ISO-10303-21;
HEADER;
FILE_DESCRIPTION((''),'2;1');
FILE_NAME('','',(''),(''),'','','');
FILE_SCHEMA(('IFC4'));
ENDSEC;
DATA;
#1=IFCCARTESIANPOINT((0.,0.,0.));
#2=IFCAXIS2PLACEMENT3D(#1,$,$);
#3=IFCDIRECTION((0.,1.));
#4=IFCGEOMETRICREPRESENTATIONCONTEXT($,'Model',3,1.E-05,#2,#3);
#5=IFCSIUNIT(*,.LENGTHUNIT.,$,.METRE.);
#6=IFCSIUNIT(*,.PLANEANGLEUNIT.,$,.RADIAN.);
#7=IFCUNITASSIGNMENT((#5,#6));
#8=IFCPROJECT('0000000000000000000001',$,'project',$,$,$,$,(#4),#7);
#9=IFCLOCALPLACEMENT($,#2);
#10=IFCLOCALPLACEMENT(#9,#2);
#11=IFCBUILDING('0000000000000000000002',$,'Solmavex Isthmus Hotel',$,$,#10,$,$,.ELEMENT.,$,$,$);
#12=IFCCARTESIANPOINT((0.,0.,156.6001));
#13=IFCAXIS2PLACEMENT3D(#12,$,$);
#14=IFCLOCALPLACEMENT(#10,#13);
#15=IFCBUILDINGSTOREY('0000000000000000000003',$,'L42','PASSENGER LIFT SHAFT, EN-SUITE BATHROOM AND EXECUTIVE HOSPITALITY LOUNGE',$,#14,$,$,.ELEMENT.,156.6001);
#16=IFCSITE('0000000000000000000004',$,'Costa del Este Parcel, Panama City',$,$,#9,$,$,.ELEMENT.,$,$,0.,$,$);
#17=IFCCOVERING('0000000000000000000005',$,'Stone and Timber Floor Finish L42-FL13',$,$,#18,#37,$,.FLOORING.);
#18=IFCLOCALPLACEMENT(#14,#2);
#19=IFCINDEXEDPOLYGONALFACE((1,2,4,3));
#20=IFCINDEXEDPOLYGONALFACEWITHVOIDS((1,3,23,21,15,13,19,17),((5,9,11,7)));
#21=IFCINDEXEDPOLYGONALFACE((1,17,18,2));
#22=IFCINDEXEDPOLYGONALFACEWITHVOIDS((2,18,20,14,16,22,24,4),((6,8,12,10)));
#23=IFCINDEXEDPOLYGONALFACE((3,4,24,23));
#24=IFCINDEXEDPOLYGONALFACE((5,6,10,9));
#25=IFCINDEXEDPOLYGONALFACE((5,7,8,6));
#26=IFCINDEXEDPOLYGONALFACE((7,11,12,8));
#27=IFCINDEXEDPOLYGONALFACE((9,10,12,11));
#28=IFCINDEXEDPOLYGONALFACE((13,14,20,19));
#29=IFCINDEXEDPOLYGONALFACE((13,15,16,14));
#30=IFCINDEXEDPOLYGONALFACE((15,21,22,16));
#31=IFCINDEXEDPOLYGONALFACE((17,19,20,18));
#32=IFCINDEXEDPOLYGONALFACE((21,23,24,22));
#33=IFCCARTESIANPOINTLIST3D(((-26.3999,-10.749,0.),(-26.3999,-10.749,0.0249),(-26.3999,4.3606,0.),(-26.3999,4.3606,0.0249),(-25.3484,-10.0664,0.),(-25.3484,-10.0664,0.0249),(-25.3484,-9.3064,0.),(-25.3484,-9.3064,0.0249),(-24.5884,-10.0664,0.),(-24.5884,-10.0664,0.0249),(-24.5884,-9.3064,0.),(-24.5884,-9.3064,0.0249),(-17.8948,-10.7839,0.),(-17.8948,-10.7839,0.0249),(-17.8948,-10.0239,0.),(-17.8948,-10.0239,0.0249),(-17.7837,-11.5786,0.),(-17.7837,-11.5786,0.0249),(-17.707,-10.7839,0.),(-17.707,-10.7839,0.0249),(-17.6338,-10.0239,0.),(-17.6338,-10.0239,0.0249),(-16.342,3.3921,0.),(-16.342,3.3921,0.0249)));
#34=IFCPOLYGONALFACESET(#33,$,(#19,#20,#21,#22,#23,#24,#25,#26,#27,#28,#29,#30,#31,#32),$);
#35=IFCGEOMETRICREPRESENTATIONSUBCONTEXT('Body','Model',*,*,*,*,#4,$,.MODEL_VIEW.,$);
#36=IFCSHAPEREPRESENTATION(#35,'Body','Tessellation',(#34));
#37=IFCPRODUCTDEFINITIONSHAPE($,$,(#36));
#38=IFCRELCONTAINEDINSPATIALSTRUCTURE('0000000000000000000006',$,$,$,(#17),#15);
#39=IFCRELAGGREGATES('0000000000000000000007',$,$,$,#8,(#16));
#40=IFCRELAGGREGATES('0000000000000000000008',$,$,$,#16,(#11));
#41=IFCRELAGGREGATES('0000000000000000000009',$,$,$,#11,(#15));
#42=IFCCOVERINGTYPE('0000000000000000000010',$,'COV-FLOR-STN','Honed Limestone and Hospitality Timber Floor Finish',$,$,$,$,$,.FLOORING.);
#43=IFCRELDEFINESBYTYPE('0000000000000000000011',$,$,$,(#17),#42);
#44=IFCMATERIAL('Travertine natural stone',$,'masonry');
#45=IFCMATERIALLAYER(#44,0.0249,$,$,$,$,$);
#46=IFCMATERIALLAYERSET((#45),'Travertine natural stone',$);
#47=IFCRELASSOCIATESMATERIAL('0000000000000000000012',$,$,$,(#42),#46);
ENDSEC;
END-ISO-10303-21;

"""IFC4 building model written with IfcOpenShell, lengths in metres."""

from ifc_helpers import new_model, si_unit, direction, frame, origin, place, context, subcontext, project, spatial, polyline, outline, extrude, material, layer, layer_set, type_object, element, save


model = new_model("IFC4")

# Units and contexts
model_context = context("Model", 3, precision=1e-05, world=origin(), true_north=direction((0.0, 1.0)))
body_context = subcontext(model_context, "Body", "Model", "MODEL_VIEW")
ifc_project = project(units=[si_unit("LENGTHUNIT", "METRE"), si_unit("PLANEANGLEUNIT", "RADIAN")], contexts=[model_context])

# Site, building, storey
site_placement = place(None, origin())
site = spatial("IfcSite", under=ifc_project, at=site_placement, Name="Costa del Este Parcel, Panama City", CompositionType="ELEMENT", RefElevation=0.0)
building_placement = place(site_placement, origin())
building = spatial("IfcBuilding", under=site, at=building_placement, Name="Solmavex Isthmus Hotel", CompositionType="ELEMENT")
storey_placement = place(building_placement, frame((0.0, 0.0, 156.6001)))
storey = spatial("IfcBuildingStorey", under=building, at=storey_placement, Name="L42", Description="PASSENGER LIFT SHAFT, EN-SUITE BATHROOM AND EXECUTIVE HOSPITALITY LOUNGE", CompositionType="ELEMENT", Elevation=156.6001)

# Covering
ifc_material_1 = material(Name="Travertine natural stone", Category="masonry")
ifc_layer_1 = layer(ifc_material_1, 0.0249)
ifc_layer_set_1 = layer_set([ifc_layer_1], Name="Travertine natural stone")
covering_type_1 = type_object("IfcCoveringType", Name="COV-FLOR-STN", Description="Honed Limestone and Hospitality Timber Floor Finish", PredefinedType="FLOORING", material=ifc_layer_set_1)
covering_1_placement = place(storey_placement, origin())
element("IfcCovering", 1, at=covering_1_placement, inside=storey, type_object=covering_type_1, Name="Stone and Timber Floor Finish L42-FL13", PredefinedType="FLOORING", context=body_context, shape_type="SweptSolid", body=[
    extrude(outline(polyline([(-26.3999, 4.3606), (-26.3999, -10.749), (-17.7837, -11.5786), (-17.707, -10.7839), (-17.8948, -10.7839), (-17.8948, -10.0239), (-17.6338, -10.0239), (-16.342, 3.3921), (-26.3999, 4.3606)]), holes=[polyline([(-25.3484, -10.0664), (-25.3484, -9.3064), (-24.5884, -9.3064), (-24.5884, -10.0664), (-25.3484, -10.0664)])]), origin(), (0.0, 0.0, 1.0), 0.0249),
])

save(model, "model.ifc")
